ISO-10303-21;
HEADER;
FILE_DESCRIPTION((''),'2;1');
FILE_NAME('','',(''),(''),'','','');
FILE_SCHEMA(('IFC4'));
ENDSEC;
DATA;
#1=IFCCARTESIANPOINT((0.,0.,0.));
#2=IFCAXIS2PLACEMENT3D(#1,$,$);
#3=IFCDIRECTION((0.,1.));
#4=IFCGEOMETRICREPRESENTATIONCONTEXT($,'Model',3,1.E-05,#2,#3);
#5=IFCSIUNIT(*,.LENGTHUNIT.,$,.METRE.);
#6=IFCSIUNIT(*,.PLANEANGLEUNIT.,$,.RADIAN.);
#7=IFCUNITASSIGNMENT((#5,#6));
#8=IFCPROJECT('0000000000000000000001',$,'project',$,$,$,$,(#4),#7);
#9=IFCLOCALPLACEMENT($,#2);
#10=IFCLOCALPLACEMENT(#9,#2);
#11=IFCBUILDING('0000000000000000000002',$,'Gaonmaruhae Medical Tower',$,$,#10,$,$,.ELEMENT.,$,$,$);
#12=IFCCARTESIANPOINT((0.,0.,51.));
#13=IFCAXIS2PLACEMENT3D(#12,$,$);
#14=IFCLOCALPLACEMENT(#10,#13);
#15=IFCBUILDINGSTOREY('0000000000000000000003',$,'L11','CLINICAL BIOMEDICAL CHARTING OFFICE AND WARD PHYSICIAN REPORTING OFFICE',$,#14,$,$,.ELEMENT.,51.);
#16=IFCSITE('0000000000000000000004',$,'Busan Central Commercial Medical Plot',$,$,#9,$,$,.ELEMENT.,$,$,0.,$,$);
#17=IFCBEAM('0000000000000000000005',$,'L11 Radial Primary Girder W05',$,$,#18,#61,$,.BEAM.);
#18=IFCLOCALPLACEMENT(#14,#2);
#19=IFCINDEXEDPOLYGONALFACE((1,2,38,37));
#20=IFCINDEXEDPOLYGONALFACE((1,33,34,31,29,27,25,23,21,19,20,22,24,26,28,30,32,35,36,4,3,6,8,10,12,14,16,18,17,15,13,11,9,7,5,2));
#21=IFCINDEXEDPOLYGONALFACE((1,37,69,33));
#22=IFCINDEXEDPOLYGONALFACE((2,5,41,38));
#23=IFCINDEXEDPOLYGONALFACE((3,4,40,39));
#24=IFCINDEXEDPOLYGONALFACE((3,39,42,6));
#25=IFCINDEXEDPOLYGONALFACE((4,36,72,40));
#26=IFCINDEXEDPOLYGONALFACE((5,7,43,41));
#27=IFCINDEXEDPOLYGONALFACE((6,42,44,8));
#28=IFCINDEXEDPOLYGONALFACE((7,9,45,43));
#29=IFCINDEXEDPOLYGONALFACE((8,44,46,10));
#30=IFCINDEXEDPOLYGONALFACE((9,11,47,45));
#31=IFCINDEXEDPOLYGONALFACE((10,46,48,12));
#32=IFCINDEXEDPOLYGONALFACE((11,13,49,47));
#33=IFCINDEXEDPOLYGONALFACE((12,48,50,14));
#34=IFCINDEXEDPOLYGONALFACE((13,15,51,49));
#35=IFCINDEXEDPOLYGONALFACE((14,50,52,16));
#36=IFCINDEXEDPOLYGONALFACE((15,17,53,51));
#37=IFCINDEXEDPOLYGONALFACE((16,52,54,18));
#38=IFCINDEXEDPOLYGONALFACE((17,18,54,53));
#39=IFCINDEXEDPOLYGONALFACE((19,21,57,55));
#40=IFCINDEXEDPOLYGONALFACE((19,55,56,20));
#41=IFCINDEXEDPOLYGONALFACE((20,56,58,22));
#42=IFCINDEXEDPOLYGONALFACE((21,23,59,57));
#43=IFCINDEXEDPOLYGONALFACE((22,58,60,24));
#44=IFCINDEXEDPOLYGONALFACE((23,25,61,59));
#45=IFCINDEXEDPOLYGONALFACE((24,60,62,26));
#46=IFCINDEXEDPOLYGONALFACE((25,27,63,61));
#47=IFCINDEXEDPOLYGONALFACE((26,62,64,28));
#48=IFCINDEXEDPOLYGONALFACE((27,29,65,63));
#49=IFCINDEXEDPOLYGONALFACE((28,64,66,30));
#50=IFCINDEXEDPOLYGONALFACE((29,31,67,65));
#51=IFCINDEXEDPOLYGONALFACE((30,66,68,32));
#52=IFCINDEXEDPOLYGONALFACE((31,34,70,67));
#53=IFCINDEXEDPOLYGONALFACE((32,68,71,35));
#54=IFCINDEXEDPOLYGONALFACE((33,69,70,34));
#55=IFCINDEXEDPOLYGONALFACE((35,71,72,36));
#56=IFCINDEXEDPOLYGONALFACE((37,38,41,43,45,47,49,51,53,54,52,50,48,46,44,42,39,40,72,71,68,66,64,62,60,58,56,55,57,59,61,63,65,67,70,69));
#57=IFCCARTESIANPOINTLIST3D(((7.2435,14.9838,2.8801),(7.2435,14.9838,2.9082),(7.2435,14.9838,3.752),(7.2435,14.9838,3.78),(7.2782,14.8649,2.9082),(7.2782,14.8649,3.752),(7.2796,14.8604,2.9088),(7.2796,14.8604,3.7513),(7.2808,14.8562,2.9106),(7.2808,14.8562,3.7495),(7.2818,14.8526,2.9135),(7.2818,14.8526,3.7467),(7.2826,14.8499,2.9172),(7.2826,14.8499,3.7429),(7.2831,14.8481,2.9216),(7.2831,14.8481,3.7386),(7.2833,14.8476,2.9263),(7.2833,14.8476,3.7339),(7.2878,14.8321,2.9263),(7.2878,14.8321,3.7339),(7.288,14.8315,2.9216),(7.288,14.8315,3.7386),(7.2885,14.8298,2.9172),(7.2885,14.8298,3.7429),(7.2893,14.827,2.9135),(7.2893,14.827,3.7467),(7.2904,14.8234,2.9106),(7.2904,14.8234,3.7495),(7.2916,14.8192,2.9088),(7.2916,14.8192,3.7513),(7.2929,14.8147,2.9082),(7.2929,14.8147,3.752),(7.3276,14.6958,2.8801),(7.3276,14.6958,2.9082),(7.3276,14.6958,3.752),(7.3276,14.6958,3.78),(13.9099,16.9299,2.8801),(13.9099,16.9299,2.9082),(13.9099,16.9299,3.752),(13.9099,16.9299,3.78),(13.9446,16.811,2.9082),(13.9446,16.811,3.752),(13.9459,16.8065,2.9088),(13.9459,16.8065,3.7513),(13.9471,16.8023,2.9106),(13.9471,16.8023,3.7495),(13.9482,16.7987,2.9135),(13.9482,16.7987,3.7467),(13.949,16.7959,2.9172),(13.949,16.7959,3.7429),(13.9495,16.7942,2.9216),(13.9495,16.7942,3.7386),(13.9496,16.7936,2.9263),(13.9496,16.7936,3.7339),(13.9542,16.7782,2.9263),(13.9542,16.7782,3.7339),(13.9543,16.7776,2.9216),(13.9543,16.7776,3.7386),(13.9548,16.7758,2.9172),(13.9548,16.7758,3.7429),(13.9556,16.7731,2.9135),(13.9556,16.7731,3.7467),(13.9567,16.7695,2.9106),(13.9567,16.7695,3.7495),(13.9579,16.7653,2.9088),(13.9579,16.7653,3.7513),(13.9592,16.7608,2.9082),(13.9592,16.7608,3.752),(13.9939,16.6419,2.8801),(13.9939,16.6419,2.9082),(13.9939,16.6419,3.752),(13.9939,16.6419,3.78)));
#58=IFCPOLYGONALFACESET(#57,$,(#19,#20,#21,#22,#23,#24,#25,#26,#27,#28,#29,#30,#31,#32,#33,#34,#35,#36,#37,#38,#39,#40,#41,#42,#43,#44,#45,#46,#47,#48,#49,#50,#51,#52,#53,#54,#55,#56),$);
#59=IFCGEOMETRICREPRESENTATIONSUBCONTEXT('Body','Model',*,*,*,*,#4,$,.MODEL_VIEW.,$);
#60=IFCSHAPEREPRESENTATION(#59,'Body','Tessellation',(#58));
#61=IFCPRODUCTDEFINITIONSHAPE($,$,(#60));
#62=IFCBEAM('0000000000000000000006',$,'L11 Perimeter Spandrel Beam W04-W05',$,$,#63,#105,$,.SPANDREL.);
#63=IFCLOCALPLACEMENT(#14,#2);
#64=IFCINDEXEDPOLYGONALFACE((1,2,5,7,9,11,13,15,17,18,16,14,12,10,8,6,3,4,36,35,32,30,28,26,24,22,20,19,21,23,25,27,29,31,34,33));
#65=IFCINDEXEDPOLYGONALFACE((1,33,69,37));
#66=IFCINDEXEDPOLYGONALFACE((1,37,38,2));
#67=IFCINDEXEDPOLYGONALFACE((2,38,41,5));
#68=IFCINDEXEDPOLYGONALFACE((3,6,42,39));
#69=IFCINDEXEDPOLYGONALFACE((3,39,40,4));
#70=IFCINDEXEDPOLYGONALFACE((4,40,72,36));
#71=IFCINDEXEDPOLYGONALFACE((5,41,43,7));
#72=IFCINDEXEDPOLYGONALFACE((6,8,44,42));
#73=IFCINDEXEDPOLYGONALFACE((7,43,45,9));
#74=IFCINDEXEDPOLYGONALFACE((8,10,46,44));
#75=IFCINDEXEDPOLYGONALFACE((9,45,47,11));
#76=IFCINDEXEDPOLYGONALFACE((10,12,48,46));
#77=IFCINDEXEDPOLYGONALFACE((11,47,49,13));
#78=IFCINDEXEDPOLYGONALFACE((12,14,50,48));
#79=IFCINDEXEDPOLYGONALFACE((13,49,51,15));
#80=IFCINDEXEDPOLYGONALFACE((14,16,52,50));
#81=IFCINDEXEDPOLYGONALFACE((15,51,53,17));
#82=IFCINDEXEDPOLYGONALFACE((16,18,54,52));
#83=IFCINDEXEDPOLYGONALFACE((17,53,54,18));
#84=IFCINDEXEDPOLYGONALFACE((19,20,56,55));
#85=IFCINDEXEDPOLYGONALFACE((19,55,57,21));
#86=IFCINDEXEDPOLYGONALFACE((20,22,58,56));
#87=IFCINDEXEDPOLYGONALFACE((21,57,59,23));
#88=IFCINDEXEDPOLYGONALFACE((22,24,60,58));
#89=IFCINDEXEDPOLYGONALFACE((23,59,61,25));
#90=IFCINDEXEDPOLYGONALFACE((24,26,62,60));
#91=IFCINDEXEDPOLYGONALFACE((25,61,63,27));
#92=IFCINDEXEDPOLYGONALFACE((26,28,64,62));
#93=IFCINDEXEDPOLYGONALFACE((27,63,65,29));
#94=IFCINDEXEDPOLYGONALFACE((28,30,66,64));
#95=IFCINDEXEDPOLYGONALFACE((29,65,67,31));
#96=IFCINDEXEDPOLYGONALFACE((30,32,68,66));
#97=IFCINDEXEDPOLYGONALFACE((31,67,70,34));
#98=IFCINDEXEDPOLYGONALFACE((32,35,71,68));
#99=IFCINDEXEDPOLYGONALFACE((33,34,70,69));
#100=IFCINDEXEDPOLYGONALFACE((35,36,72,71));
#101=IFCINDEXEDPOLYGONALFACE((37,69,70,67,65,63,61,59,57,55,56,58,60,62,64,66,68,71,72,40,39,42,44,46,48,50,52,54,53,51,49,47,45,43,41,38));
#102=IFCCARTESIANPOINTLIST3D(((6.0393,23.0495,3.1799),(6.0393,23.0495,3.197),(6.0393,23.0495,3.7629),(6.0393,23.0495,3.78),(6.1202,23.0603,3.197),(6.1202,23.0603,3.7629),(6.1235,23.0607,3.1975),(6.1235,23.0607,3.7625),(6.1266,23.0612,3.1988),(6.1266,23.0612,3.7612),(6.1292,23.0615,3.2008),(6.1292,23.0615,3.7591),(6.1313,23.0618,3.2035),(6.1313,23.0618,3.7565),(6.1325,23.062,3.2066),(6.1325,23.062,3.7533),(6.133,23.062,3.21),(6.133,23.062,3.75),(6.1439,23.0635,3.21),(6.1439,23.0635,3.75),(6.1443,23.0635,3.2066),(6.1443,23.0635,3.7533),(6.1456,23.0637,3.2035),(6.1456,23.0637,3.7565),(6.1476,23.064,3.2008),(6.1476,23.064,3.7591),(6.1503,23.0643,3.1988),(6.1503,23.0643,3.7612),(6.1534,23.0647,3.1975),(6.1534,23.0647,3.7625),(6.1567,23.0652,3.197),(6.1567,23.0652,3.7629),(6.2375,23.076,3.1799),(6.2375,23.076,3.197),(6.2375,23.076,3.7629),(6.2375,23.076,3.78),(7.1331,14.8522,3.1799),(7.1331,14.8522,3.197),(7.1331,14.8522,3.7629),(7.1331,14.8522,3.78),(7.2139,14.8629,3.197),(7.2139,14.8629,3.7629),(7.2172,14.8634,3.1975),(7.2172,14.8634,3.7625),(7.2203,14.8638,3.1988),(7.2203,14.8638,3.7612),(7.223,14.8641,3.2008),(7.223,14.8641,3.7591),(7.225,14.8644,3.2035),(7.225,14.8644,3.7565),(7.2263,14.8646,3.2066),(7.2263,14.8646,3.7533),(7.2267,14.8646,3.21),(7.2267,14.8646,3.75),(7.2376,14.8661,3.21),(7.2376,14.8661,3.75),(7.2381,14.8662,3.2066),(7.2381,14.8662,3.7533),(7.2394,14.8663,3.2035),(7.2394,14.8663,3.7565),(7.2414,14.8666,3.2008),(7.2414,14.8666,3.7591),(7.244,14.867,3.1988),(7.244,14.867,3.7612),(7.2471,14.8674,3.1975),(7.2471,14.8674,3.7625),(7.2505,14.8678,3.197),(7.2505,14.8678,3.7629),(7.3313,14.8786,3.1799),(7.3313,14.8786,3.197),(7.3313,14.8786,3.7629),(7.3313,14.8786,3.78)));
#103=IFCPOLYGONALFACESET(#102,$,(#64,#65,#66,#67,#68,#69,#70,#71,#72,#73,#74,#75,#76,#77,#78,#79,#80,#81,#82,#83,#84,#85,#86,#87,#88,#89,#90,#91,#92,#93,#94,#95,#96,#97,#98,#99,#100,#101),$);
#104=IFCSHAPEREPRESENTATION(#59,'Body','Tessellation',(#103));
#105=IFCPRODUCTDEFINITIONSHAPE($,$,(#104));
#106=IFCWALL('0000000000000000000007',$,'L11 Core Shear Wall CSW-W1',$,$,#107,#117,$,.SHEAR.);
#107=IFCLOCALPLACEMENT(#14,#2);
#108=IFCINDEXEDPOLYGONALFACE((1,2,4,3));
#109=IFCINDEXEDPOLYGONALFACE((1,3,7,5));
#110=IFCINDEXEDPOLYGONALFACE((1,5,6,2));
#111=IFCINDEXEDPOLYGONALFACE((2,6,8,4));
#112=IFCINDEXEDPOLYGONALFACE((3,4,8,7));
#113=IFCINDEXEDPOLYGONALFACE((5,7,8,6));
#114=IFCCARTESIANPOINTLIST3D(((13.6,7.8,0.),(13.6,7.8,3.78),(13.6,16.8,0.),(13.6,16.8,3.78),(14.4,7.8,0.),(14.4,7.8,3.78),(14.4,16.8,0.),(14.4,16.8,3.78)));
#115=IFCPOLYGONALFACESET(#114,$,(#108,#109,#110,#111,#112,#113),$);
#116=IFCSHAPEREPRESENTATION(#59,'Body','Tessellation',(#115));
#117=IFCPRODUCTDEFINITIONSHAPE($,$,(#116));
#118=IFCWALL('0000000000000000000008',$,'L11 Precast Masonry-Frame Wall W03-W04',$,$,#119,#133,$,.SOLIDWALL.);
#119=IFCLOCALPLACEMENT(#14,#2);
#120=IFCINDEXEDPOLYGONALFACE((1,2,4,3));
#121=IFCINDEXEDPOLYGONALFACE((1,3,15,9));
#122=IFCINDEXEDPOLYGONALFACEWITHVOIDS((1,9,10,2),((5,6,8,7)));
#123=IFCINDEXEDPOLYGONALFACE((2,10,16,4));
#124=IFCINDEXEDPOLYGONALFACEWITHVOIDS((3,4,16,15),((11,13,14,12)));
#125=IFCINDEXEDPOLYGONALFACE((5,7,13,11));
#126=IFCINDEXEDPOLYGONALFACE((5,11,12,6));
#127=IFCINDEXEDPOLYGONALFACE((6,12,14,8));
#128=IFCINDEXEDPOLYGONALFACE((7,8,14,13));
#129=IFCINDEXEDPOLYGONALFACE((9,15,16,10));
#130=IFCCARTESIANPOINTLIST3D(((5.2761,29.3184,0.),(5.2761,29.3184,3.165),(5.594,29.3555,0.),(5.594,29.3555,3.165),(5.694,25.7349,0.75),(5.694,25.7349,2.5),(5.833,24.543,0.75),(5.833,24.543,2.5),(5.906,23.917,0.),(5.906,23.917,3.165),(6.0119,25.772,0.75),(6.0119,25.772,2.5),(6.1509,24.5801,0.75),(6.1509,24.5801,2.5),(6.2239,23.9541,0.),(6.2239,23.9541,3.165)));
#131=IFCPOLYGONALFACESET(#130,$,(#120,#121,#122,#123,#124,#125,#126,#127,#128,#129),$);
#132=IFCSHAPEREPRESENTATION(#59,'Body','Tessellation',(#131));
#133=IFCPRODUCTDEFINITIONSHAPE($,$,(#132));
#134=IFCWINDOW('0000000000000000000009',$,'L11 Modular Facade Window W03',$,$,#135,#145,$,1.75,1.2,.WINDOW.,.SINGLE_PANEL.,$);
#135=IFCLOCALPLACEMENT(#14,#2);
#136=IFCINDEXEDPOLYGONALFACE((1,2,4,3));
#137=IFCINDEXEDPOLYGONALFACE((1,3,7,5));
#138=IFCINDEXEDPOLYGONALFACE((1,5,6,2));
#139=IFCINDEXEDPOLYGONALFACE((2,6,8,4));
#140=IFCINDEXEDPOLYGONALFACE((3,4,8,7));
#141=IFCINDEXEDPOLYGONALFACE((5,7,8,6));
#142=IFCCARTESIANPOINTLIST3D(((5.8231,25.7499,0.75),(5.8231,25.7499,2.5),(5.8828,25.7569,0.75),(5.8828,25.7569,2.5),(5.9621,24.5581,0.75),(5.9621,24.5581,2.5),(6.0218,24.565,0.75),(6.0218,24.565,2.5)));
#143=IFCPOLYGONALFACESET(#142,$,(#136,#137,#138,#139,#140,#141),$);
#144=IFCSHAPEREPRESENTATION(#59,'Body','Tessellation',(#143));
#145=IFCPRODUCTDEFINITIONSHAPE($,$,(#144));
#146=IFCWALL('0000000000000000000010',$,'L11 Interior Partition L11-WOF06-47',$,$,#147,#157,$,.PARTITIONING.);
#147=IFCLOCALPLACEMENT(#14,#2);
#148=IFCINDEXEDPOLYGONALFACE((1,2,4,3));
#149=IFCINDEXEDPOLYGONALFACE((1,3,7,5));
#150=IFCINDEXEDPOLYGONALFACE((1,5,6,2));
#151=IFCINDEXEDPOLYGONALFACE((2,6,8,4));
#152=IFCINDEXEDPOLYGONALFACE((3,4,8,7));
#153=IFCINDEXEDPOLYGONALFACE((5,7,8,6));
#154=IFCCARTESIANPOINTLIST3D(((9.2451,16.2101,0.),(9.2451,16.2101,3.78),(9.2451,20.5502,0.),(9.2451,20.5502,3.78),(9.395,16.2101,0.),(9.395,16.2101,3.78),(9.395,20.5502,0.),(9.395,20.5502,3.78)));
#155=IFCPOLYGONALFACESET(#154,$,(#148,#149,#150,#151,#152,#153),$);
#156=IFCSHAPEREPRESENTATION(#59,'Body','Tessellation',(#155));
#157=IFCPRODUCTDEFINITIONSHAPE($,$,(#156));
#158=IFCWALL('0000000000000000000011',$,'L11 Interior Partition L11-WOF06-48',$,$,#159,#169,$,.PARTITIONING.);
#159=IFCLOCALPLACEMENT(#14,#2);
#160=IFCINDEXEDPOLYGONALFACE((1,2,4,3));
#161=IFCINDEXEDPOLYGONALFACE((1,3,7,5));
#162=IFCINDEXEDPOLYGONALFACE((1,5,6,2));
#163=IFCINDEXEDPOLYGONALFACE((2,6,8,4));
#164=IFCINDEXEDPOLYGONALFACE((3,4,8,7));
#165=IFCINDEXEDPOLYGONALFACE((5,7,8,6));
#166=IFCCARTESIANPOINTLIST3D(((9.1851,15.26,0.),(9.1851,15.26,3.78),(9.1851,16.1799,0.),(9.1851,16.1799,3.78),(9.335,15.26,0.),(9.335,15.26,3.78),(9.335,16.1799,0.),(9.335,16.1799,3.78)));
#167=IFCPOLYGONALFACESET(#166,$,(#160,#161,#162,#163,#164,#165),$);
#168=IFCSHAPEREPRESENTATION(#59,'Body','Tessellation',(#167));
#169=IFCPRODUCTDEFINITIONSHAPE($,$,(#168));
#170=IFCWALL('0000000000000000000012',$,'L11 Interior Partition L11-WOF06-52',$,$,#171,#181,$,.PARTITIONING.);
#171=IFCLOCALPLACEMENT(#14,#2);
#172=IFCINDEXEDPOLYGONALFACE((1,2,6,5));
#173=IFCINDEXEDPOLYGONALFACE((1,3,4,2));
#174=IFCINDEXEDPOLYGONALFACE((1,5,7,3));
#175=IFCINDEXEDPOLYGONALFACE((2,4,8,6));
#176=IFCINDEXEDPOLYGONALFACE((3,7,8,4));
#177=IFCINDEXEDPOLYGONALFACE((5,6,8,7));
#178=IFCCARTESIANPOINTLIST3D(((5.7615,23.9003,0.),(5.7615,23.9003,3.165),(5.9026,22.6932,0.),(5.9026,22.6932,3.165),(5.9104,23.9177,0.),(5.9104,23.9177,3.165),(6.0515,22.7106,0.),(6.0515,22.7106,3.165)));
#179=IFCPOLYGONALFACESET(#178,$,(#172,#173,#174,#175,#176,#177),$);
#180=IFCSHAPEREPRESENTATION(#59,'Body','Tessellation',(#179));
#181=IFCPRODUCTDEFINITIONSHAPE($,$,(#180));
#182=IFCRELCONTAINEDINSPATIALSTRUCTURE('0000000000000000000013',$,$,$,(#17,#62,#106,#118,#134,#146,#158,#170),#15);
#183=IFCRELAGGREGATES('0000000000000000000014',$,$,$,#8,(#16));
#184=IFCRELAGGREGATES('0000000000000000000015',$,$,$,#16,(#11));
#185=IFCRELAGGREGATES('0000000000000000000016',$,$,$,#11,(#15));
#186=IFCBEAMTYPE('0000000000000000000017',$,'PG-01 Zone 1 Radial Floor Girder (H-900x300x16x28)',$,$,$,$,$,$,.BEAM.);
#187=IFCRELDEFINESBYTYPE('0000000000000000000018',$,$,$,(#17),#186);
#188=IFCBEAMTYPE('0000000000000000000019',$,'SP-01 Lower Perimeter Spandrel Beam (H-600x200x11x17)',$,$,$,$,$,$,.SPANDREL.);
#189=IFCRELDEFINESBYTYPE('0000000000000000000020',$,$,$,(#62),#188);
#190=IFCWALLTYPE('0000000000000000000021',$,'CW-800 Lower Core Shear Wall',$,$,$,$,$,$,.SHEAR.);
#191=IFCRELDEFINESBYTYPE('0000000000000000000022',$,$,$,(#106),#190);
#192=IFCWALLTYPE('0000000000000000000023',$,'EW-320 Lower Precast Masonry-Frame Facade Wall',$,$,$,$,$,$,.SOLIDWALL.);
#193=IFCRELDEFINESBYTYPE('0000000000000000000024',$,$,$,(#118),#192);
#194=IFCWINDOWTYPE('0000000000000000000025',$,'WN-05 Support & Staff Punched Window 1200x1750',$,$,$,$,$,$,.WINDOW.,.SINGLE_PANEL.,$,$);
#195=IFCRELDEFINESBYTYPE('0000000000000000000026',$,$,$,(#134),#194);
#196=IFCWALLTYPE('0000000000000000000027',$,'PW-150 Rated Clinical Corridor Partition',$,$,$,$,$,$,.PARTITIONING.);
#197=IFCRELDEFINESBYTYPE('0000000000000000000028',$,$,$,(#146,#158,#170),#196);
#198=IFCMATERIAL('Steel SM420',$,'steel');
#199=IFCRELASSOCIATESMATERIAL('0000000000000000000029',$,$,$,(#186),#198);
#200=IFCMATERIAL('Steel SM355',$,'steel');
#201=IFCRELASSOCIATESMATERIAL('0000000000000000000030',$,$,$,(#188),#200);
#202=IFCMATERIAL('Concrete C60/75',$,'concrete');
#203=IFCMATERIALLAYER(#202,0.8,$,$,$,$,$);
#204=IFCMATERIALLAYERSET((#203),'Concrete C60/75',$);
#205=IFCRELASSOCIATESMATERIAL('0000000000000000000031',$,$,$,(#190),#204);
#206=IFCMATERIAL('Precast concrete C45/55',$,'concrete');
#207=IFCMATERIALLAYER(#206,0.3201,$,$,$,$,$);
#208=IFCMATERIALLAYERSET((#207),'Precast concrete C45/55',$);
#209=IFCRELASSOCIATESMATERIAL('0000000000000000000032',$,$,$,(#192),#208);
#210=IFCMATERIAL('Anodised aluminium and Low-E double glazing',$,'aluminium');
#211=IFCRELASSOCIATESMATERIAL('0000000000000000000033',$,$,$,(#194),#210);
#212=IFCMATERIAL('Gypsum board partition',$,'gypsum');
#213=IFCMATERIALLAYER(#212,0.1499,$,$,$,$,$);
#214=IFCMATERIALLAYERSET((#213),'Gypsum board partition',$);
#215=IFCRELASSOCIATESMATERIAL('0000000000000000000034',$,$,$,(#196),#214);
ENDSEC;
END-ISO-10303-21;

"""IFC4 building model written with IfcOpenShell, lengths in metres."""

from ifc_helpers import new_model, si_unit, direction, frame, frame_2d, origin, origin_2d, place, context, subcontext, project, spatial, rectangle, i_section, extrude, material, layer, layer_set, material_profile, profile_set, type_object, element, fill, save


model = new_model("IFC4")

# Units and contexts
model_context = context("Model", 3, precision=1e-05, world=origin(), true_north=direction((0.0, 1.0)))
body_context = subcontext(model_context, "Body", "Model", "MODEL_VIEW")
ifc_project = project(units=[si_unit("LENGTHUNIT", "METRE"), si_unit("PLANEANGLEUNIT", "RADIAN")], contexts=[model_context])

# Site, building, storey
site_placement = place(None, origin())
site = spatial("IfcSite", under=ifc_project, at=site_placement, Name="Busan Central Commercial Medical Plot", CompositionType="ELEMENT", RefElevation=0.0)
building_placement = place(site_placement, origin())
building = spatial("IfcBuilding", under=site, at=building_placement, Name="Gaonmaruhae Medical Tower", CompositionType="ELEMENT")
storey_placement = place(building_placement, frame((0.0, 0.0, 51.0)))
storey = spatial("IfcBuildingStorey", under=building, at=storey_placement, Name="L11", Description="CLINICAL BIOMEDICAL CHARTING OFFICE AND WARD PHYSICIAN REPORTING OFFICE", CompositionType="ELEMENT", Elevation=51.0)

# Shared definitions
ifc_material_1 = material(Name="Concrete C60/75", Category="concrete")

# Beams
ifc_material_2 = material(Name="Steel SM355", Category="steel")
ifc_material_3 = material(Name="Steel SM420", Category="steel")
ifc_material_profile_1 = material_profile(ifc_material_3, i_section(OverallWidth=0.3, OverallDepth=0.8999, WebThickness=0.0161, FlangeThickness=0.0281, FilletRadius=0.0181, at=origin_2d()), Name="H-900x300x16x28")
ifc_profile_set_1 = profile_set([ifc_material_profile_1], Name="Steel SM420")
beam_type_1 = type_object("IfcBeamType", Name="PG-01 Zone 1 Radial Floor Girder (H-900x300x16x28)", PredefinedType="BEAM", material=ifc_profile_set_1)
beam_1_placement = place(storey_placement, frame((13.9519, 16.7859, 3.3301), z_axis=(-0.959933, -0.280228, 0.0), x_axis=(0.280228, -0.959933, 0.0)))
element("IfcBeam", 1, at=beam_1_placement, inside=storey, type_object=beam_type_1, Name="L11 Radial Primary Girder W05", PredefinedType="BEAM", context=body_context, shape_type="SweptSolid", body=[
    extrude(i_section(OverallWidth=0.3, OverallDepth=0.8999, WebThickness=0.0161, FlangeThickness=0.0281, FilletRadius=0.0181, at=origin_2d()), origin(), (0.0, 0.0, 1.0), 6.9446),
])
ifc_material_profile_2 = material_profile(ifc_material_2, i_section(OverallWidth=0.2, OverallDepth=0.6001, WebThickness=0.011, FlangeThickness=0.0171, FilletRadius=0.0129, at=origin_2d()), Name="H-600x200x11x17")
ifc_profile_set_2 = profile_set([ifc_material_profile_2], Name="Steel SM355")
beam_type_2 = type_object("IfcBeamType", Name="SP-01 Lower Perimeter Spandrel Beam (H-600x200x11x17)", PredefinedType="SPANDREL", material=ifc_profile_set_2)
beam_2_placement = place(storey_placement, frame((6.1384, 23.0627, 3.48), z_axis=(0.132257, -0.991216, 0.0), x_axis=(0.991216, 0.132257, 0.0)))
element("IfcBeam", 2, at=beam_2_placement, inside=storey, type_object=beam_type_2, Name="L11 Perimeter Spandrel Beam W04-W05", PredefinedType="SPANDREL", context=body_context, shape_type="SweptSolid", body=[
    extrude(i_section(OverallWidth=0.2, OverallDepth=0.6001, WebThickness=0.011, FlangeThickness=0.0171, FilletRadius=0.0129, at=origin_2d()), origin(), (0.0, 0.0, 1.0), 8.27),
])

# Wall
ifc_layer_1 = layer(ifc_material_1, 0.8)
ifc_layer_set_1 = layer_set([ifc_layer_1], Name="Concrete C60/75")
wall_type_1 = type_object("IfcWallType", Name="CW-800 Lower Core Shear Wall", PredefinedType="SHEAR", material=ifc_layer_set_1)
wall_1_placement = place(storey_placement, frame((14.0, 16.8, 0.0), z_axis=(0.0, 0.0, 1.0), x_axis=(0.0, -1.0, 0.0)))
element("IfcWall", 3, at=wall_1_placement, inside=storey, type_object=wall_type_1, Name="L11 Core Shear Wall CSW-W1", PredefinedType="SHEAR", context=body_context, shape_type="SweptSolid", body=[
    extrude(rectangle(XDim=9.0, YDim=0.8, at=frame_2d((4.5, 0.0))), origin(), (0.0, 0.0, 1.0), 3.78),
])

# Wall, opening, window
ifc_material_4 = material(Name="Precast concrete C45/55", Category="concrete")
ifc_layer_2 = layer(ifc_material_4, 0.3201)
ifc_layer_set_2 = layer_set([ifc_layer_2], Name="Precast concrete C45/55")
wall_type_2 = type_object("IfcWallType", Name="EW-320 Lower Precast Masonry-Frame Facade Wall", PredefinedType="SOLIDWALL", material=ifc_layer_set_2)
wall_2_placement = place(storey_placement, frame((6.0649, 23.9355, 0.0), z_axis=(0.0, 0.0, 1.0), x_axis=(-0.115831, 0.993269, 0.0)))
wall_2 = element("IfcWall", 4, at=wall_2_placement, inside=storey, type_object=wall_type_2, Name="L11 Precast Masonry-Frame Wall W03-W04", PredefinedType="SOLIDWALL", context=body_context, shape_type="SweptSolid", body=[
    extrude(rectangle(XDim=5.438, YDim=0.3201, at=frame_2d((2.719, 0.0))), origin(), (0.0, 0.0, 1.0), 3.165),
])
opening_1_placement = place(wall_2_placement, frame((0.6301, 0.0, 0.75)))
opening_1 = element("IfcOpeningElement", 5, at=opening_1_placement, cuts=wall_2, PredefinedType="OPENING", context=body_context, shape_type="SweptSolid", body=[
    extrude(rectangle(XDim=1.2, YDim=1.75, at=frame_2d((0.6001, 0.875))), frame((0.0, 0.1699, 0.0), z_axis=(0.0, -1.0, 0.0), x_axis=(1.0, 0.0, 0.0)), (0.0, 0.0, 1.0), 0.3401),
])
ifc_material_5 = material(Name="Anodised aluminium and Low-E double glazing", Category="aluminium")
window_type = type_object("IfcWindowType", Name="WN-05 Support & Staff Punched Window 1200x1750", PartitioningType="SINGLE_PANEL", PredefinedType="WINDOW", material=ifc_material_5)
window_placement = place(opening_1_placement, origin())
window = element("IfcWindow", 6, at=window_placement, inside=storey, type_object=window_type, Name="L11 Modular Facade Window W03", OverallHeight=1.75, OverallWidth=1.2, PartitioningType="SINGLE_PANEL", PredefinedType="WINDOW", context=body_context, shape_type="SweptSolid", body=[
    extrude(rectangle(XDim=1.2, YDim=1.75, at=frame_2d((0.6001, 0.875))), frame((0.0, 0.03, 0.0), z_axis=(0.0, -1.0, 0.0), x_axis=(1.0, 0.0, 0.0)), (0.0, 0.0, 1.0), 0.0601),
])
fill(opening_1, window)

# Walls
ifc_material_6 = material(Name="Gypsum board partition", Category="gypsum")
ifc_layer_3 = layer(ifc_material_6, 0.1499)
ifc_layer_set_3 = layer_set([ifc_layer_3], Name="Gypsum board partition")
wall_type_3 = type_object("IfcWallType", Name="PW-150 Rated Clinical Corridor Partition", PredefinedType="PARTITIONING", material=ifc_layer_set_3)
wall_3_placement = place(storey_placement, frame((9.3201, 20.55, 0.0), z_axis=(0.0, 0.0, 1.0), x_axis=(0.0, -1.0, 0.0)))
element("IfcWall", 7, at=wall_3_placement, inside=storey, type_object=wall_type_3, Name="L11 Interior Partition L11-WOF06-47", PredefinedType="PARTITIONING", context=body_context, shape_type="SweptSolid", body=[
    extrude(rectangle(XDim=4.3401, YDim=0.1499, at=frame_2d((2.1699, 0.0))), origin(), (0.0, 0.0, 1.0), 3.78),
])
wall_4_placement = place(storey_placement, frame((9.26, 16.1799, 0.0), z_axis=(0.0, 0.0, 1.0), x_axis=(0.0, -1.0, 0.0)))
element("IfcWall", 8, at=wall_4_placement, inside=storey, type_object=wall_type_3, Name="L11 Interior Partition L11-WOF06-48", PredefinedType="PARTITIONING", context=body_context, shape_type="SweptSolid", body=[
    extrude(rectangle(XDim=0.9199, YDim=0.1499, at=frame_2d((0.46, 0.0))), origin(), (0.0, 0.0, 1.0), 3.78),
])
wall_5_placement = place(storey_placement, frame((5.9771, 22.7019, 0.0), z_axis=(0.0, 0.0, 1.0), x_axis=(-0.116119, 0.993235, 0.0)))
element("IfcWall", 9, at=wall_5_placement, inside=storey, type_object=wall_type_3, Name="L11 Interior Partition L11-WOF06-52", PredefinedType="PARTITIONING", context=body_context, shape_type="SweptSolid", body=[
    extrude(rectangle(XDim=1.2153, YDim=0.1499, at=frame_2d((0.6077, 0.0))), origin(), (0.0, 0.0, 1.0), 3.165),
])

save(model, "model.ifc")
